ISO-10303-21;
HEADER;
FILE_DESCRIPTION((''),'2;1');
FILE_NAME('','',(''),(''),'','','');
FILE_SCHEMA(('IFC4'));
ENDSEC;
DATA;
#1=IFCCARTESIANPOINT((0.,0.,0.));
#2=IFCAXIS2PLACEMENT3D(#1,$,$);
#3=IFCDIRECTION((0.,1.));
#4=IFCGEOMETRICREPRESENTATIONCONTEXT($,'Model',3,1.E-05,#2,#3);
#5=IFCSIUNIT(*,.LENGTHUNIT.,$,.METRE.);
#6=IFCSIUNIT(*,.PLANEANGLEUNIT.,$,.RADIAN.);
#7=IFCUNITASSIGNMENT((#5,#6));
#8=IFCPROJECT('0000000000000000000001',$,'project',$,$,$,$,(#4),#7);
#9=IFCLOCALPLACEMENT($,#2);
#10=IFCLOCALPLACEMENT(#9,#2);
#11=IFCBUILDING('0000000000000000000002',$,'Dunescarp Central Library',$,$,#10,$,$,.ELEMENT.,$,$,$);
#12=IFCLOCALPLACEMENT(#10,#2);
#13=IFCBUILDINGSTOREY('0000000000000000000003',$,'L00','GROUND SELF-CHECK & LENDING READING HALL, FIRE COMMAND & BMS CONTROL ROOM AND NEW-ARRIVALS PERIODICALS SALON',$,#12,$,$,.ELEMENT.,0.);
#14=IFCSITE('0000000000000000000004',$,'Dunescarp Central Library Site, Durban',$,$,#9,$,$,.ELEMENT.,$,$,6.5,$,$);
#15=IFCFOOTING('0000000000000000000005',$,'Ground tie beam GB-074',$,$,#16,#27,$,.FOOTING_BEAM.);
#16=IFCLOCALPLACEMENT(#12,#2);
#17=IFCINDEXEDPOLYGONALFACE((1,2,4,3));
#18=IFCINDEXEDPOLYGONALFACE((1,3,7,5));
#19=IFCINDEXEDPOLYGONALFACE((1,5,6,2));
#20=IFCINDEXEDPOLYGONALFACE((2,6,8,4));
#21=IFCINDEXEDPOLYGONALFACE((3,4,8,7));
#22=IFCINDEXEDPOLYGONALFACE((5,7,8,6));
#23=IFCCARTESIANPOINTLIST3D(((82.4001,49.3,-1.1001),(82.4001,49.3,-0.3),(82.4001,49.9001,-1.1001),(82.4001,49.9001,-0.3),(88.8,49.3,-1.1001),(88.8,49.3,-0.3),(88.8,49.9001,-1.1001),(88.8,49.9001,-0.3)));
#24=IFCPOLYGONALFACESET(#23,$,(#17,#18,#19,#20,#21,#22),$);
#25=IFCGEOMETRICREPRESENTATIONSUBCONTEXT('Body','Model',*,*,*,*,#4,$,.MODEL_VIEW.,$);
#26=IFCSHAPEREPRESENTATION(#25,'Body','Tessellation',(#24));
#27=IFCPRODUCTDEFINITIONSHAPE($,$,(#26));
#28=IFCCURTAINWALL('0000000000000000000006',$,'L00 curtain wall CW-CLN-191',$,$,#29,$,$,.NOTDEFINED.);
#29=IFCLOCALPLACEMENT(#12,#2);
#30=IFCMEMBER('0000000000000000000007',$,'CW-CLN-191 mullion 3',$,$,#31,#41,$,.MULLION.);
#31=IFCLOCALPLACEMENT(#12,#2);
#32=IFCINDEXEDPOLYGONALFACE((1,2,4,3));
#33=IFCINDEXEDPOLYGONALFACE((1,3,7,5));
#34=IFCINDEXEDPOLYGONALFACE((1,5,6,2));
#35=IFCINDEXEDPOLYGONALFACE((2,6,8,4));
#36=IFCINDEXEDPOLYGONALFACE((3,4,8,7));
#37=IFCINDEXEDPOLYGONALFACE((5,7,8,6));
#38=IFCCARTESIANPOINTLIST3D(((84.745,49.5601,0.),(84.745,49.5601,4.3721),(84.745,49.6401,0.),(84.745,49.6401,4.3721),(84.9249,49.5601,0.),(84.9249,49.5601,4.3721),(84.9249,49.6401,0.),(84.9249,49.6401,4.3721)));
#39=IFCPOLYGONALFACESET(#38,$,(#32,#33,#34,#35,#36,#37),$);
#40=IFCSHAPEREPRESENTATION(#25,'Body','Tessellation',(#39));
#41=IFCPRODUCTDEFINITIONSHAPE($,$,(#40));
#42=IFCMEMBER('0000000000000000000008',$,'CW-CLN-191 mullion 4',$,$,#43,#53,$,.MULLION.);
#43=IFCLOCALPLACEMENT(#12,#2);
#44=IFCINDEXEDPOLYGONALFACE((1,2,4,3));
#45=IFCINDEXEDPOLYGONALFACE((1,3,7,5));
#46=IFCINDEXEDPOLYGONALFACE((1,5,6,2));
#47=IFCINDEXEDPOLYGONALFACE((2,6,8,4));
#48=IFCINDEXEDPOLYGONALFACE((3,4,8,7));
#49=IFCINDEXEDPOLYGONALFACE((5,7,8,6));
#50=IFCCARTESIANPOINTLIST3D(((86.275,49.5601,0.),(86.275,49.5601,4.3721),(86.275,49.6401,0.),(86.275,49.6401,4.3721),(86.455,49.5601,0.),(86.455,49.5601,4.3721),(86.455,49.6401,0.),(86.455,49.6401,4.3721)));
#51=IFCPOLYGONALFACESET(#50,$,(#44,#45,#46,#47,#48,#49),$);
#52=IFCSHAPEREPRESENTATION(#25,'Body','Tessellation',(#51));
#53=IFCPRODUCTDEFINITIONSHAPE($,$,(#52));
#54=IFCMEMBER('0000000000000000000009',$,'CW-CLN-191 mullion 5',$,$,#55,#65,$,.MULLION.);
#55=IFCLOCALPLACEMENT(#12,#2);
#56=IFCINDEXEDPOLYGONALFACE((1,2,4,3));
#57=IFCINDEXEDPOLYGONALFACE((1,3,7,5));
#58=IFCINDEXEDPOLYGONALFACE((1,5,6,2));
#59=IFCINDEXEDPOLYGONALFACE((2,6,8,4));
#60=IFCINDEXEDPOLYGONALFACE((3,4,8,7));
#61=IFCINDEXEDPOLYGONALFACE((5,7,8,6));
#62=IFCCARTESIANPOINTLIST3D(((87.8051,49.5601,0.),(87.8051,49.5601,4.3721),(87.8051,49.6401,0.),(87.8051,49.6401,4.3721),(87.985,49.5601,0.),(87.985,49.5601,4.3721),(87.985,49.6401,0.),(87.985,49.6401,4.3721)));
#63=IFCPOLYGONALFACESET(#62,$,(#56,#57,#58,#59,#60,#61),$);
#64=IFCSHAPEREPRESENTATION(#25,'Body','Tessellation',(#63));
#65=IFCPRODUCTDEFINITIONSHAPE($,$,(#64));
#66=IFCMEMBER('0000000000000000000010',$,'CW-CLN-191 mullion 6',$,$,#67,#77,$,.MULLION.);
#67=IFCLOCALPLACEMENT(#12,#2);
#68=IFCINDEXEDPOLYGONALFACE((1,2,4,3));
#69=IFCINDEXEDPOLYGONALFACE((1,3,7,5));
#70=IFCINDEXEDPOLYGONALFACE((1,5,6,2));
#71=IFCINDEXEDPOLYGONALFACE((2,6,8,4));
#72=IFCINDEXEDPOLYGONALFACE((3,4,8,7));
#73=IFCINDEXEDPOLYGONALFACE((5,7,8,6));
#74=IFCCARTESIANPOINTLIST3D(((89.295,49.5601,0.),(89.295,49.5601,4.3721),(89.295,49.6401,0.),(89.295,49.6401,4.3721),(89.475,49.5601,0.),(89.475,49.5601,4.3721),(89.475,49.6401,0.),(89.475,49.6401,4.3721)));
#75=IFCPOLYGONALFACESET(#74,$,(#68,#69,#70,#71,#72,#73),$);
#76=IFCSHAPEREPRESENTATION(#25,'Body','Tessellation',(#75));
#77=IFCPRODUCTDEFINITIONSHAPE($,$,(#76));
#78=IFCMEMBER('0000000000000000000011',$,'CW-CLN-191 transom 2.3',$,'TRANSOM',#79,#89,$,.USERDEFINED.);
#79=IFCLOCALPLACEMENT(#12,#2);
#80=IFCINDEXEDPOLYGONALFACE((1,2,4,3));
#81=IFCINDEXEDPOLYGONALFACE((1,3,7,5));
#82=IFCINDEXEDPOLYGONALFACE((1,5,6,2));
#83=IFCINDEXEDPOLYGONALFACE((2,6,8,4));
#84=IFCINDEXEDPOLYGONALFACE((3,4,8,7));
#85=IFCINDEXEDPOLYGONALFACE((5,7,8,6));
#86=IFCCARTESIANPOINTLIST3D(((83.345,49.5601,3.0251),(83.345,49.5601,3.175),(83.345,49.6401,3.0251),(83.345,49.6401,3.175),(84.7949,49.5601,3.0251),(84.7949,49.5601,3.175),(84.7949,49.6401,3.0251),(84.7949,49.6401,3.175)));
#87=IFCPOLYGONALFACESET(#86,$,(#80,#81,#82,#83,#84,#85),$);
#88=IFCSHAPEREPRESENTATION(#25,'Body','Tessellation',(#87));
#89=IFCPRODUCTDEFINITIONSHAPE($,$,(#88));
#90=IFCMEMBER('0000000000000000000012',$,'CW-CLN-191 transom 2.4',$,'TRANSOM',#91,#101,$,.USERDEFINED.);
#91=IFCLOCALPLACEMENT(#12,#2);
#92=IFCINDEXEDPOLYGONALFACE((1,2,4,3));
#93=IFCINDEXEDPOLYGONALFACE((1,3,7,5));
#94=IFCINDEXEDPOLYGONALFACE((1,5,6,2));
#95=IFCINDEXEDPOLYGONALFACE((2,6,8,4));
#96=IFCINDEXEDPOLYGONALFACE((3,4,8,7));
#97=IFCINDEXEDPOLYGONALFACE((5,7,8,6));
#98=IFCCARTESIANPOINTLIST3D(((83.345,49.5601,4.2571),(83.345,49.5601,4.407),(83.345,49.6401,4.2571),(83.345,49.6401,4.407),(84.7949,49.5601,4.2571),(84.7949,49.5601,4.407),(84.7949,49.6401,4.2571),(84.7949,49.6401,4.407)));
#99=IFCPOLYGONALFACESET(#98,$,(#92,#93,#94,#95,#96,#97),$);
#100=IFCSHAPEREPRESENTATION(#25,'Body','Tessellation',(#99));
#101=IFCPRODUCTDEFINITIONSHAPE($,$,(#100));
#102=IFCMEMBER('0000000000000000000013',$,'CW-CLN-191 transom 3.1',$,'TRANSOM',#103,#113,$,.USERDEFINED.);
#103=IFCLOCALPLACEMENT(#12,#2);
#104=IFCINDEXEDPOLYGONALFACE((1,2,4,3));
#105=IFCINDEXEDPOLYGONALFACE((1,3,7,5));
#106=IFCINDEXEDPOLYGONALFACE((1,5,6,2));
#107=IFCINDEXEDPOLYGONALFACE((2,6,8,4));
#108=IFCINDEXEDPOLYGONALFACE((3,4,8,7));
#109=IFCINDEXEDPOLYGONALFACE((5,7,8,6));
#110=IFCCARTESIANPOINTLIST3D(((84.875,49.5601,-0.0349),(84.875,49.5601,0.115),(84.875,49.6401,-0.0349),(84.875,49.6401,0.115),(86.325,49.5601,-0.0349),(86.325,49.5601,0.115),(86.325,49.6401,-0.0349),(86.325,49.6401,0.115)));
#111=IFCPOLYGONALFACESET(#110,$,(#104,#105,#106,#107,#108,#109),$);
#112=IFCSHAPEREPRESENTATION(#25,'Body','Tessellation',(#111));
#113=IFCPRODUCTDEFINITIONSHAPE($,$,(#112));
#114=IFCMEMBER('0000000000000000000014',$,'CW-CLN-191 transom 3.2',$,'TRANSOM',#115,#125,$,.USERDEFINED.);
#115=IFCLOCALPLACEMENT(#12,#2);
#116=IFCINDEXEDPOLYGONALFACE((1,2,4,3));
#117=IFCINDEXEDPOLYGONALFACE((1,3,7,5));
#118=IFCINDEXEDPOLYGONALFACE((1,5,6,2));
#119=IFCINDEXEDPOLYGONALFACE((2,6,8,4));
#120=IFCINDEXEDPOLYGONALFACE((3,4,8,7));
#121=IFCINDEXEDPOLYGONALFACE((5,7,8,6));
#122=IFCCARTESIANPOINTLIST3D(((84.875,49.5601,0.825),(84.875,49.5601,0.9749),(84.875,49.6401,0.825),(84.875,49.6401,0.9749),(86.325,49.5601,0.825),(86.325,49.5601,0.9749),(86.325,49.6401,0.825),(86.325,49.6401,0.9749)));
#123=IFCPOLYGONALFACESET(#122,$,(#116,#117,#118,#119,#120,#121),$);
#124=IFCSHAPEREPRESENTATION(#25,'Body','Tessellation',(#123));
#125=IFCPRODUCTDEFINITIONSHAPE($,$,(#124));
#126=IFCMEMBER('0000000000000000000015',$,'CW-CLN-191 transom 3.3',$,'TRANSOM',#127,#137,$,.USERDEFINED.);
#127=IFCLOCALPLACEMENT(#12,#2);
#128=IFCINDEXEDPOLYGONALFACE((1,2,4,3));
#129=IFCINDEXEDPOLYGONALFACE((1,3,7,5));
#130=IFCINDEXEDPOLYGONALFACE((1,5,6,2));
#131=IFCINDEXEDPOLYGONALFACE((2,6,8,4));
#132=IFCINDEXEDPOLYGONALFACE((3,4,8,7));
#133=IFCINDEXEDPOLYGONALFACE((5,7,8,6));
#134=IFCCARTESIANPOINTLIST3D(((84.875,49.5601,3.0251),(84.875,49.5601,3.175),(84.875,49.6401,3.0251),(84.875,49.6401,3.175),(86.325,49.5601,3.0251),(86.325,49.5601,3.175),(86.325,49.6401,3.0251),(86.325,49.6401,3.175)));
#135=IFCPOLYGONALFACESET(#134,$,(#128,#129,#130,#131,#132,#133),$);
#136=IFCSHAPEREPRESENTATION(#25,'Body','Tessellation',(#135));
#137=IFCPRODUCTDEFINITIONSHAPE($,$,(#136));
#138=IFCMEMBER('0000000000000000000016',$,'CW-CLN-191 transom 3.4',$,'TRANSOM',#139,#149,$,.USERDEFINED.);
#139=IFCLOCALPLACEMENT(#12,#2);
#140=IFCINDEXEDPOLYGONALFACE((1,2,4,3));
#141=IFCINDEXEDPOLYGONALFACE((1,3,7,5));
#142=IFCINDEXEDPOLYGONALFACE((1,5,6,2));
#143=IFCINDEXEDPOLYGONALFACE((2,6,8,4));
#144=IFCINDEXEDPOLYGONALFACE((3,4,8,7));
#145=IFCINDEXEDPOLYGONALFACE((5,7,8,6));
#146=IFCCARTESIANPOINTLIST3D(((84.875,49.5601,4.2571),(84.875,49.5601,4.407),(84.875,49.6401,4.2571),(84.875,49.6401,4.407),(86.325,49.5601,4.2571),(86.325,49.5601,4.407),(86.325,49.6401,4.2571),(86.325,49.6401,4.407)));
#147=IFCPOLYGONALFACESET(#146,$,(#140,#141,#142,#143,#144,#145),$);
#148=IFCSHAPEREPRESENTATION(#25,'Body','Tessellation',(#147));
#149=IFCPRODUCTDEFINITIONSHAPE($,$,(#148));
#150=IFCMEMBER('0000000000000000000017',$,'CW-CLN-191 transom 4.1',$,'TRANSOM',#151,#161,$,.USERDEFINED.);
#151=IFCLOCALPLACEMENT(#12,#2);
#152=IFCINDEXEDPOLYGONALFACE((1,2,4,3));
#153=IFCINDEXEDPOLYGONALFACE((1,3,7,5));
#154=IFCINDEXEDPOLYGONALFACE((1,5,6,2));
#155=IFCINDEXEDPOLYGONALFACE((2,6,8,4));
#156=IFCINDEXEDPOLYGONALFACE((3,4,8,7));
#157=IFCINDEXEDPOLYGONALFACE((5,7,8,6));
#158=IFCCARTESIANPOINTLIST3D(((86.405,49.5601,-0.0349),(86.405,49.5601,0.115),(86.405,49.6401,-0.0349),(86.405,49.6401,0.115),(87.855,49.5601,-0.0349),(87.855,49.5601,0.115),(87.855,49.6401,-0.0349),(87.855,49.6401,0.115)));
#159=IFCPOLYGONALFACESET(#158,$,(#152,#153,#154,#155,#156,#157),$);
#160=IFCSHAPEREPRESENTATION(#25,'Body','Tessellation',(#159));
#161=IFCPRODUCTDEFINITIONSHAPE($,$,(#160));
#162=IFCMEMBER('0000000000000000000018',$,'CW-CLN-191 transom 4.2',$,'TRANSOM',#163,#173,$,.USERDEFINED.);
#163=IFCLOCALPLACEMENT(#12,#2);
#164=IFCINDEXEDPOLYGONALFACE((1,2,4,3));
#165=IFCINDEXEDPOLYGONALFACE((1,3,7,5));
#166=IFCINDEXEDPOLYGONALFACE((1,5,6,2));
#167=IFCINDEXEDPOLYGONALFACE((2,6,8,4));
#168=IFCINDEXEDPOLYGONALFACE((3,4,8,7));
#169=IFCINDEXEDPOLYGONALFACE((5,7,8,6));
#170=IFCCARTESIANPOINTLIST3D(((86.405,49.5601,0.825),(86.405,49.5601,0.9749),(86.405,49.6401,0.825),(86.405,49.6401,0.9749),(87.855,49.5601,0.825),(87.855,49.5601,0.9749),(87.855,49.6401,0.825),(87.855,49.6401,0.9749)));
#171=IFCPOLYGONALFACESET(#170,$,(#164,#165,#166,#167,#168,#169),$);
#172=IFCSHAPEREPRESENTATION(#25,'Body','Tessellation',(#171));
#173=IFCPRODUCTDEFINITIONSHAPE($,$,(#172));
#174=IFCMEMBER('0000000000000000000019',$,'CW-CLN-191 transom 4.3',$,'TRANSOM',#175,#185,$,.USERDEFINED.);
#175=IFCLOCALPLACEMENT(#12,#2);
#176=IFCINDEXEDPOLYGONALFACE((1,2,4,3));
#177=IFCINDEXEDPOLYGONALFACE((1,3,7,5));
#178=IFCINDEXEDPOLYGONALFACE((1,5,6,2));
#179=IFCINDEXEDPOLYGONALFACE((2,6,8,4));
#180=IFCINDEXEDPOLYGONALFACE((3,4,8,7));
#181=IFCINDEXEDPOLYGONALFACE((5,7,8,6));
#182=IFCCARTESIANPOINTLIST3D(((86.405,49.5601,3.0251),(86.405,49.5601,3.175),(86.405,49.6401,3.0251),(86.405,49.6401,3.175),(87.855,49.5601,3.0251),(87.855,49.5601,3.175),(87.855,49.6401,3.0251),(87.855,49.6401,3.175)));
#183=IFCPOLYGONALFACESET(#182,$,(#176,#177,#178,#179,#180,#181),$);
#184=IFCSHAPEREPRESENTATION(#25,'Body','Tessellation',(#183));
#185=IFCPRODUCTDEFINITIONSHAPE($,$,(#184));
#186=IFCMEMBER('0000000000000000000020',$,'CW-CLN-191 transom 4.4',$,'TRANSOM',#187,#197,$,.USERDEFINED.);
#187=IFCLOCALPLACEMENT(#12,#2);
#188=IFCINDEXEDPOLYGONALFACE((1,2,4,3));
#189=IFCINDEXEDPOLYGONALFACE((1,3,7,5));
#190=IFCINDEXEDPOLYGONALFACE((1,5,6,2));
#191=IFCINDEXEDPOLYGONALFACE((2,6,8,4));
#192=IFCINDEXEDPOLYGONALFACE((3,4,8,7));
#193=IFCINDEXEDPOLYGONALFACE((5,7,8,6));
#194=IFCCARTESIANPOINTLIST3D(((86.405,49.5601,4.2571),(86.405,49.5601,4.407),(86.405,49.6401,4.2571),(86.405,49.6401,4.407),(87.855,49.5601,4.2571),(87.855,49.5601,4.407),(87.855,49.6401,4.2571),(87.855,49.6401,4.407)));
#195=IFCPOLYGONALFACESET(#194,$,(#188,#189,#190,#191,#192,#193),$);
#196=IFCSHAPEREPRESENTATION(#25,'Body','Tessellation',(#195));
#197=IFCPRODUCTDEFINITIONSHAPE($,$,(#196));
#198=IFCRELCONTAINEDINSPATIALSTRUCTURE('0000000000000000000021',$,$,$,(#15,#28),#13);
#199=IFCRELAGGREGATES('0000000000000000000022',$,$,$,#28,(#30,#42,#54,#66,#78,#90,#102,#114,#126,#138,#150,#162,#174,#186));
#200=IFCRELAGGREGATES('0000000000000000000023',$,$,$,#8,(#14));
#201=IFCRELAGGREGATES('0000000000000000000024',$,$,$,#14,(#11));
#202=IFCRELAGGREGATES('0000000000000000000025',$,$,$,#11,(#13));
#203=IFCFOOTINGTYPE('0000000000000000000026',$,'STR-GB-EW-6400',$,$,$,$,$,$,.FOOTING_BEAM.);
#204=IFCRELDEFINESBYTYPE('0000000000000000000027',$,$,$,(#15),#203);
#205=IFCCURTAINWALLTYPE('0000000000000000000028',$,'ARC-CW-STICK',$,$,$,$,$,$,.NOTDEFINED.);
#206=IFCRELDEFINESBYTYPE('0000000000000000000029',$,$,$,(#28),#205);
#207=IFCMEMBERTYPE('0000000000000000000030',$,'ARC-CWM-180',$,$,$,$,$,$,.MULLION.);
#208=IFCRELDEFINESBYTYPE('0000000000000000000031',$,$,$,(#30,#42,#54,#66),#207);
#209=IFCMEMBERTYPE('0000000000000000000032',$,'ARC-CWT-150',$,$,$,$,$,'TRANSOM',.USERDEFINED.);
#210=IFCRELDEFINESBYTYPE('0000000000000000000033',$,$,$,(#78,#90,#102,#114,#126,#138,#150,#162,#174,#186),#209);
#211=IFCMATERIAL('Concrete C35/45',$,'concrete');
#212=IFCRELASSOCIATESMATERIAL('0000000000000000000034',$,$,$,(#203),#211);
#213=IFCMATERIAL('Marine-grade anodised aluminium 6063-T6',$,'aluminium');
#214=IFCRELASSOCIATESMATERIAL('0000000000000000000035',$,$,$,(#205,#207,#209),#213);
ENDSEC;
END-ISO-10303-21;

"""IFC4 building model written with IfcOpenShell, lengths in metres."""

from ifc_helpers import new_model, si_unit, direction, frame, origin, origin_2d, place, context, subcontext, project, spatial, rectangle, extrude, material, material_profile, profile_set, type_object, element, aggregate, save


model = new_model("IFC4")

# Units and contexts
model_context = context("Model", 3, precision=1e-05, world=origin(), true_north=direction((0.0, 1.0)))
body_context = subcontext(model_context, "Body", "Model", "MODEL_VIEW")
ifc_project = project(units=[si_unit("LENGTHUNIT", "METRE"), si_unit("PLANEANGLEUNIT", "RADIAN")], contexts=[model_context])

# Site, building, storey
site_placement = place(None, origin())
site = spatial("IfcSite", under=ifc_project, at=site_placement, Name="Dunescarp Central Library Site, Durban", CompositionType="ELEMENT", RefElevation=6.5)
building_placement = place(site_placement, origin())
building = spatial("IfcBuilding", under=site, at=building_placement, Name="Dunescarp Central Library", CompositionType="ELEMENT")
storey_placement = place(building_placement, origin())
storey = spatial("IfcBuildingStorey", under=building, at=storey_placement, Name="L00", Description="GROUND SELF-CHECK & LENDING READING HALL, FIRE COMMAND & BMS CONTROL ROOM AND NEW-ARRIVALS PERIODICALS SALON", CompositionType="ELEMENT", Elevation=0.0)

# Footing
ifc_material_1 = material(Name="Concrete C35/45", Category="concrete")
footing_type = type_object("IfcFootingType", Name="STR-GB-EW-6400", PredefinedType="FOOTING_BEAM", material=ifc_material_1)
footing_placement = place(storey_placement, frame((85.6001, 49.6001, -1.1001), z_axis=(0.0, 0.0, 1.0), x_axis=(1.0, 0.0, 0.0)))
element("IfcFooting", 1, at=footing_placement, inside=storey, type_object=footing_type, Name="Ground tie beam GB-074", PredefinedType="FOOTING_BEAM", context=body_context, shape_type="SweptSolid", body=[
    extrude(rectangle(XDim=6.3999, YDim=0.6001, at=origin_2d()), origin(), (0.0, 0.0, 1.0), 0.8),
])

# Curtain wall, members
ifc_material_2 = material(Name="Marine-grade anodised aluminium 6063-T6", Category="aluminium")
curtain_wall_type = type_object("IfcCurtainWallType", Name="ARC-CW-STICK", PredefinedType="NOTDEFINED", material=ifc_material_2)
curtain_wall_placement = place(storey_placement, origin())
curtain_wall = element("IfcCurtainWall", 2, at=curtain_wall_placement, inside=storey, type_object=curtain_wall_type, Name="L00 curtain wall CW-CLN-191", PredefinedType="NOTDEFINED")
ifc_material_profile_1 = material_profile(ifc_material_2, rectangle(XDim=0.0801, YDim=0.1799, at=origin_2d()), Name="AL 80x180")
ifc_profile_set_1 = profile_set([ifc_material_profile_1], Name="Marine-grade anodised aluminium 6063-T6")
member_type_1 = type_object("IfcMemberType", Name="ARC-CWM-180", PredefinedType="MULLION", material=ifc_profile_set_1)
member_1_placement = place(storey_placement, frame((84.835, 49.6001, 0.0), z_axis=(0.0, 0.0, 1.0), x_axis=(0.0, 1.0, 0.0)))
member_1 = element("IfcMember", 3, at=member_1_placement, type_object=member_type_1, Name="CW-CLN-191 mullion 3", PredefinedType="MULLION", context=body_context, shape_type="SweptSolid", body=[
    extrude(rectangle(XDim=0.0801, YDim=0.1799, at=origin_2d()), origin(), (0.0, 0.0, 1.0), 4.3721),
])
member_2_placement = place(storey_placement, frame((86.365, 49.6001, 0.0), z_axis=(0.0, 0.0, 1.0), x_axis=(0.0, 1.0, 0.0)))
member_2 = element("IfcMember", 4, at=member_2_placement, type_object=member_type_1, Name="CW-CLN-191 mullion 4", PredefinedType="MULLION", context=body_context, shape_type="SweptSolid", body=[
    extrude(rectangle(XDim=0.0801, YDim=0.1799, at=origin_2d()), origin(), (0.0, 0.0, 1.0), 4.3721),
])
member_3_placement = place(storey_placement, frame((87.895, 49.6001, 0.0), z_axis=(0.0, 0.0, 1.0), x_axis=(0.0, 1.0, 0.0)))
member_3 = element("IfcMember", 5, at=member_3_placement, type_object=member_type_1, Name="CW-CLN-191 mullion 5", PredefinedType="MULLION", context=body_context, shape_type="SweptSolid", body=[
    extrude(rectangle(XDim=0.0801, YDim=0.1799, at=origin_2d()), origin(), (0.0, 0.0, 1.0), 4.3721),
])
member_4_placement = place(storey_placement, frame((89.385, 49.6001, 0.0), z_axis=(0.0, 0.0, 1.0), x_axis=(0.0, 1.0, 0.0)))
member_4 = element("IfcMember", 6, at=member_4_placement, type_object=member_type_1, Name="CW-CLN-191 mullion 6", PredefinedType="MULLION", context=body_context, shape_type="SweptSolid", body=[
    extrude(rectangle(XDim=0.0801, YDim=0.1799, at=origin_2d()), origin(), (0.0, 0.0, 1.0), 4.3721),
])
ifc_material_profile_2 = material_profile(ifc_material_2, rectangle(XDim=0.0801, YDim=0.1499, at=origin_2d()), Name="AL 80x150")
ifc_profile_set_2 = profile_set([ifc_material_profile_2], Name="Marine-grade anodised aluminium 6063-T6")
member_type_2 = type_object("IfcMemberType", Name="ARC-CWT-150", ElementType="TRANSOM", PredefinedType="USERDEFINED", material=ifc_profile_set_2)
member_5_placement = place(storey_placement, frame((83.345, 49.6001, 3.1001), z_axis=(1.0, 0.0, 0.0), x_axis=(0.0, 1.0, 0.0)))
member_5 = element("IfcMember", 7, at=member_5_placement, type_object=member_type_2, Name="CW-CLN-191 transom 2.3", ObjectType="TRANSOM", PredefinedType="USERDEFINED", context=body_context, shape_type="SweptSolid", body=[
    extrude(rectangle(XDim=0.0801, YDim=0.1499, at=origin_2d()), origin(), (0.0, 0.0, 1.0), 1.45),
])
member_6_placement = place(storey_placement, frame((83.345, 49.6001, 4.332), z_axis=(1.0, 0.0, 0.0), x_axis=(0.0, 1.0, 0.0)))
member_6 = element("IfcMember", 8, at=member_6_placement, type_object=member_type_2, Name="CW-CLN-191 transom 2.4", ObjectType="TRANSOM", PredefinedType="USERDEFINED", context=body_context, shape_type="SweptSolid", body=[
    extrude(rectangle(XDim=0.0801, YDim=0.1499, at=origin_2d()), origin(), (0.0, 0.0, 1.0), 1.45),
])
member_7_placement = place(storey_placement, frame((84.875, 49.6001, 0.04), z_axis=(1.0, 0.0, 0.0), x_axis=(0.0, 1.0, 0.0)))
member_7 = element("IfcMember", 9, at=member_7_placement, type_object=member_type_2, Name="CW-CLN-191 transom 3.1", ObjectType="TRANSOM", PredefinedType="USERDEFINED", context=body_context, shape_type="SweptSolid", body=[
    extrude(rectangle(XDim=0.0801, YDim=0.1499, at=origin_2d()), origin(), (0.0, 0.0, 1.0), 1.45),
])
member_8_placement = place(storey_placement, frame((84.875, 49.6001, 0.8999), z_axis=(1.0, 0.0, 0.0), x_axis=(0.0, 1.0, 0.0)))
member_8 = element("IfcMember", 10, at=member_8_placement, type_object=member_type_2, Name="CW-CLN-191 transom 3.2", ObjectType="TRANSOM", PredefinedType="USERDEFINED", context=body_context, shape_type="SweptSolid", body=[
    extrude(rectangle(XDim=0.0801, YDim=0.1499, at=origin_2d()), origin(), (0.0, 0.0, 1.0), 1.45),
])
member_9_placement = place(storey_placement, frame((84.875, 49.6001, 3.1001), z_axis=(1.0, 0.0, 0.0), x_axis=(0.0, 1.0, 0.0)))
member_9 = element("IfcMember", 11, at=member_9_placement, type_object=member_type_2, Name="CW-CLN-191 transom 3.3", ObjectType="TRANSOM", PredefinedType="USERDEFINED", context=body_context, shape_type="SweptSolid", body=[
    extrude(rectangle(XDim=0.0801, YDim=0.1499, at=origin_2d()), origin(), (0.0, 0.0, 1.0), 1.45),
])
member_10_placement = place(storey_placement, frame((84.875, 49.6001, 4.332), z_axis=(1.0, 0.0, 0.0), x_axis=(0.0, 1.0, 0.0)))
member_10 = element("IfcMember", 12, at=member_10_placement, type_object=member_type_2, Name="CW-CLN-191 transom 3.4", ObjectType="TRANSOM", PredefinedType="USERDEFINED", context=body_context, shape_type="SweptSolid", body=[
    extrude(rectangle(XDim=0.0801, YDim=0.1499, at=origin_2d()), origin(), (0.0, 0.0, 1.0), 1.45),
])
member_11_placement = place(storey_placement, frame((86.405, 49.6001, 0.04), z_axis=(1.0, 0.0, 0.0), x_axis=(0.0, 1.0, 0.0)))
member_11 = element("IfcMember", 13, at=member_11_placement, type_object=member_type_2, Name="CW-CLN-191 transom 4.1", ObjectType="TRANSOM", PredefinedType="USERDEFINED", context=body_context, shape_type="SweptSolid", body=[
    extrude(rectangle(XDim=0.0801, YDim=0.1499, at=origin_2d()), origin(), (0.0, 0.0, 1.0), 1.45),
])
member_12_placement = place(storey_placement, frame((86.405, 49.6001, 0.8999), z_axis=(1.0, 0.0, 0.0), x_axis=(0.0, 1.0, 0.0)))
member_12 = element("IfcMember", 14, at=member_12_placement, type_object=member_type_2, Name="CW-CLN-191 transom 4.2", ObjectType="TRANSOM", PredefinedType="USERDEFINED", context=body_context, shape_type="SweptSolid", body=[
    extrude(rectangle(XDim=0.0801, YDim=0.1499, at=origin_2d()), origin(), (0.0, 0.0, 1.0), 1.45),
])
member_13_placement = place(storey_placement, frame((86.405, 49.6001, 3.1001), z_axis=(1.0, 0.0, 0.0), x_axis=(0.0, 1.0, 0.0)))
member_13 = element("IfcMember", 15, at=member_13_placement, type_object=member_type_2, Name="CW-CLN-191 transom 4.3", ObjectType="TRANSOM", PredefinedType="USERDEFINED", context=body_context, shape_type="SweptSolid", body=[
    extrude(rectangle(XDim=0.0801, YDim=0.1499, at=origin_2d()), origin(), (0.0, 0.0, 1.0), 1.45),
])
member_14_placement = place(storey_placement, frame((86.405, 49.6001, 4.332), z_axis=(1.0, 0.0, 0.0), x_axis=(0.0, 1.0, 0.0)))
member_14 = element("IfcMember", 16, at=member_14_placement, type_object=member_type_2, Name="CW-CLN-191 transom 4.4", ObjectType="TRANSOM", PredefinedType="USERDEFINED", context=body_context, shape_type="SweptSolid", body=[
    extrude(rectangle(XDim=0.0801, YDim=0.1499, at=origin_2d()), origin(), (0.0, 0.0, 1.0), 1.45),
])
aggregate(curtain_wall, [member_1, member_2, member_3, member_4, member_5, member_6, member_7, member_8, member_9, member_10, member_11, member_12, member_13, member_14])

save(model, "model.ifc")
